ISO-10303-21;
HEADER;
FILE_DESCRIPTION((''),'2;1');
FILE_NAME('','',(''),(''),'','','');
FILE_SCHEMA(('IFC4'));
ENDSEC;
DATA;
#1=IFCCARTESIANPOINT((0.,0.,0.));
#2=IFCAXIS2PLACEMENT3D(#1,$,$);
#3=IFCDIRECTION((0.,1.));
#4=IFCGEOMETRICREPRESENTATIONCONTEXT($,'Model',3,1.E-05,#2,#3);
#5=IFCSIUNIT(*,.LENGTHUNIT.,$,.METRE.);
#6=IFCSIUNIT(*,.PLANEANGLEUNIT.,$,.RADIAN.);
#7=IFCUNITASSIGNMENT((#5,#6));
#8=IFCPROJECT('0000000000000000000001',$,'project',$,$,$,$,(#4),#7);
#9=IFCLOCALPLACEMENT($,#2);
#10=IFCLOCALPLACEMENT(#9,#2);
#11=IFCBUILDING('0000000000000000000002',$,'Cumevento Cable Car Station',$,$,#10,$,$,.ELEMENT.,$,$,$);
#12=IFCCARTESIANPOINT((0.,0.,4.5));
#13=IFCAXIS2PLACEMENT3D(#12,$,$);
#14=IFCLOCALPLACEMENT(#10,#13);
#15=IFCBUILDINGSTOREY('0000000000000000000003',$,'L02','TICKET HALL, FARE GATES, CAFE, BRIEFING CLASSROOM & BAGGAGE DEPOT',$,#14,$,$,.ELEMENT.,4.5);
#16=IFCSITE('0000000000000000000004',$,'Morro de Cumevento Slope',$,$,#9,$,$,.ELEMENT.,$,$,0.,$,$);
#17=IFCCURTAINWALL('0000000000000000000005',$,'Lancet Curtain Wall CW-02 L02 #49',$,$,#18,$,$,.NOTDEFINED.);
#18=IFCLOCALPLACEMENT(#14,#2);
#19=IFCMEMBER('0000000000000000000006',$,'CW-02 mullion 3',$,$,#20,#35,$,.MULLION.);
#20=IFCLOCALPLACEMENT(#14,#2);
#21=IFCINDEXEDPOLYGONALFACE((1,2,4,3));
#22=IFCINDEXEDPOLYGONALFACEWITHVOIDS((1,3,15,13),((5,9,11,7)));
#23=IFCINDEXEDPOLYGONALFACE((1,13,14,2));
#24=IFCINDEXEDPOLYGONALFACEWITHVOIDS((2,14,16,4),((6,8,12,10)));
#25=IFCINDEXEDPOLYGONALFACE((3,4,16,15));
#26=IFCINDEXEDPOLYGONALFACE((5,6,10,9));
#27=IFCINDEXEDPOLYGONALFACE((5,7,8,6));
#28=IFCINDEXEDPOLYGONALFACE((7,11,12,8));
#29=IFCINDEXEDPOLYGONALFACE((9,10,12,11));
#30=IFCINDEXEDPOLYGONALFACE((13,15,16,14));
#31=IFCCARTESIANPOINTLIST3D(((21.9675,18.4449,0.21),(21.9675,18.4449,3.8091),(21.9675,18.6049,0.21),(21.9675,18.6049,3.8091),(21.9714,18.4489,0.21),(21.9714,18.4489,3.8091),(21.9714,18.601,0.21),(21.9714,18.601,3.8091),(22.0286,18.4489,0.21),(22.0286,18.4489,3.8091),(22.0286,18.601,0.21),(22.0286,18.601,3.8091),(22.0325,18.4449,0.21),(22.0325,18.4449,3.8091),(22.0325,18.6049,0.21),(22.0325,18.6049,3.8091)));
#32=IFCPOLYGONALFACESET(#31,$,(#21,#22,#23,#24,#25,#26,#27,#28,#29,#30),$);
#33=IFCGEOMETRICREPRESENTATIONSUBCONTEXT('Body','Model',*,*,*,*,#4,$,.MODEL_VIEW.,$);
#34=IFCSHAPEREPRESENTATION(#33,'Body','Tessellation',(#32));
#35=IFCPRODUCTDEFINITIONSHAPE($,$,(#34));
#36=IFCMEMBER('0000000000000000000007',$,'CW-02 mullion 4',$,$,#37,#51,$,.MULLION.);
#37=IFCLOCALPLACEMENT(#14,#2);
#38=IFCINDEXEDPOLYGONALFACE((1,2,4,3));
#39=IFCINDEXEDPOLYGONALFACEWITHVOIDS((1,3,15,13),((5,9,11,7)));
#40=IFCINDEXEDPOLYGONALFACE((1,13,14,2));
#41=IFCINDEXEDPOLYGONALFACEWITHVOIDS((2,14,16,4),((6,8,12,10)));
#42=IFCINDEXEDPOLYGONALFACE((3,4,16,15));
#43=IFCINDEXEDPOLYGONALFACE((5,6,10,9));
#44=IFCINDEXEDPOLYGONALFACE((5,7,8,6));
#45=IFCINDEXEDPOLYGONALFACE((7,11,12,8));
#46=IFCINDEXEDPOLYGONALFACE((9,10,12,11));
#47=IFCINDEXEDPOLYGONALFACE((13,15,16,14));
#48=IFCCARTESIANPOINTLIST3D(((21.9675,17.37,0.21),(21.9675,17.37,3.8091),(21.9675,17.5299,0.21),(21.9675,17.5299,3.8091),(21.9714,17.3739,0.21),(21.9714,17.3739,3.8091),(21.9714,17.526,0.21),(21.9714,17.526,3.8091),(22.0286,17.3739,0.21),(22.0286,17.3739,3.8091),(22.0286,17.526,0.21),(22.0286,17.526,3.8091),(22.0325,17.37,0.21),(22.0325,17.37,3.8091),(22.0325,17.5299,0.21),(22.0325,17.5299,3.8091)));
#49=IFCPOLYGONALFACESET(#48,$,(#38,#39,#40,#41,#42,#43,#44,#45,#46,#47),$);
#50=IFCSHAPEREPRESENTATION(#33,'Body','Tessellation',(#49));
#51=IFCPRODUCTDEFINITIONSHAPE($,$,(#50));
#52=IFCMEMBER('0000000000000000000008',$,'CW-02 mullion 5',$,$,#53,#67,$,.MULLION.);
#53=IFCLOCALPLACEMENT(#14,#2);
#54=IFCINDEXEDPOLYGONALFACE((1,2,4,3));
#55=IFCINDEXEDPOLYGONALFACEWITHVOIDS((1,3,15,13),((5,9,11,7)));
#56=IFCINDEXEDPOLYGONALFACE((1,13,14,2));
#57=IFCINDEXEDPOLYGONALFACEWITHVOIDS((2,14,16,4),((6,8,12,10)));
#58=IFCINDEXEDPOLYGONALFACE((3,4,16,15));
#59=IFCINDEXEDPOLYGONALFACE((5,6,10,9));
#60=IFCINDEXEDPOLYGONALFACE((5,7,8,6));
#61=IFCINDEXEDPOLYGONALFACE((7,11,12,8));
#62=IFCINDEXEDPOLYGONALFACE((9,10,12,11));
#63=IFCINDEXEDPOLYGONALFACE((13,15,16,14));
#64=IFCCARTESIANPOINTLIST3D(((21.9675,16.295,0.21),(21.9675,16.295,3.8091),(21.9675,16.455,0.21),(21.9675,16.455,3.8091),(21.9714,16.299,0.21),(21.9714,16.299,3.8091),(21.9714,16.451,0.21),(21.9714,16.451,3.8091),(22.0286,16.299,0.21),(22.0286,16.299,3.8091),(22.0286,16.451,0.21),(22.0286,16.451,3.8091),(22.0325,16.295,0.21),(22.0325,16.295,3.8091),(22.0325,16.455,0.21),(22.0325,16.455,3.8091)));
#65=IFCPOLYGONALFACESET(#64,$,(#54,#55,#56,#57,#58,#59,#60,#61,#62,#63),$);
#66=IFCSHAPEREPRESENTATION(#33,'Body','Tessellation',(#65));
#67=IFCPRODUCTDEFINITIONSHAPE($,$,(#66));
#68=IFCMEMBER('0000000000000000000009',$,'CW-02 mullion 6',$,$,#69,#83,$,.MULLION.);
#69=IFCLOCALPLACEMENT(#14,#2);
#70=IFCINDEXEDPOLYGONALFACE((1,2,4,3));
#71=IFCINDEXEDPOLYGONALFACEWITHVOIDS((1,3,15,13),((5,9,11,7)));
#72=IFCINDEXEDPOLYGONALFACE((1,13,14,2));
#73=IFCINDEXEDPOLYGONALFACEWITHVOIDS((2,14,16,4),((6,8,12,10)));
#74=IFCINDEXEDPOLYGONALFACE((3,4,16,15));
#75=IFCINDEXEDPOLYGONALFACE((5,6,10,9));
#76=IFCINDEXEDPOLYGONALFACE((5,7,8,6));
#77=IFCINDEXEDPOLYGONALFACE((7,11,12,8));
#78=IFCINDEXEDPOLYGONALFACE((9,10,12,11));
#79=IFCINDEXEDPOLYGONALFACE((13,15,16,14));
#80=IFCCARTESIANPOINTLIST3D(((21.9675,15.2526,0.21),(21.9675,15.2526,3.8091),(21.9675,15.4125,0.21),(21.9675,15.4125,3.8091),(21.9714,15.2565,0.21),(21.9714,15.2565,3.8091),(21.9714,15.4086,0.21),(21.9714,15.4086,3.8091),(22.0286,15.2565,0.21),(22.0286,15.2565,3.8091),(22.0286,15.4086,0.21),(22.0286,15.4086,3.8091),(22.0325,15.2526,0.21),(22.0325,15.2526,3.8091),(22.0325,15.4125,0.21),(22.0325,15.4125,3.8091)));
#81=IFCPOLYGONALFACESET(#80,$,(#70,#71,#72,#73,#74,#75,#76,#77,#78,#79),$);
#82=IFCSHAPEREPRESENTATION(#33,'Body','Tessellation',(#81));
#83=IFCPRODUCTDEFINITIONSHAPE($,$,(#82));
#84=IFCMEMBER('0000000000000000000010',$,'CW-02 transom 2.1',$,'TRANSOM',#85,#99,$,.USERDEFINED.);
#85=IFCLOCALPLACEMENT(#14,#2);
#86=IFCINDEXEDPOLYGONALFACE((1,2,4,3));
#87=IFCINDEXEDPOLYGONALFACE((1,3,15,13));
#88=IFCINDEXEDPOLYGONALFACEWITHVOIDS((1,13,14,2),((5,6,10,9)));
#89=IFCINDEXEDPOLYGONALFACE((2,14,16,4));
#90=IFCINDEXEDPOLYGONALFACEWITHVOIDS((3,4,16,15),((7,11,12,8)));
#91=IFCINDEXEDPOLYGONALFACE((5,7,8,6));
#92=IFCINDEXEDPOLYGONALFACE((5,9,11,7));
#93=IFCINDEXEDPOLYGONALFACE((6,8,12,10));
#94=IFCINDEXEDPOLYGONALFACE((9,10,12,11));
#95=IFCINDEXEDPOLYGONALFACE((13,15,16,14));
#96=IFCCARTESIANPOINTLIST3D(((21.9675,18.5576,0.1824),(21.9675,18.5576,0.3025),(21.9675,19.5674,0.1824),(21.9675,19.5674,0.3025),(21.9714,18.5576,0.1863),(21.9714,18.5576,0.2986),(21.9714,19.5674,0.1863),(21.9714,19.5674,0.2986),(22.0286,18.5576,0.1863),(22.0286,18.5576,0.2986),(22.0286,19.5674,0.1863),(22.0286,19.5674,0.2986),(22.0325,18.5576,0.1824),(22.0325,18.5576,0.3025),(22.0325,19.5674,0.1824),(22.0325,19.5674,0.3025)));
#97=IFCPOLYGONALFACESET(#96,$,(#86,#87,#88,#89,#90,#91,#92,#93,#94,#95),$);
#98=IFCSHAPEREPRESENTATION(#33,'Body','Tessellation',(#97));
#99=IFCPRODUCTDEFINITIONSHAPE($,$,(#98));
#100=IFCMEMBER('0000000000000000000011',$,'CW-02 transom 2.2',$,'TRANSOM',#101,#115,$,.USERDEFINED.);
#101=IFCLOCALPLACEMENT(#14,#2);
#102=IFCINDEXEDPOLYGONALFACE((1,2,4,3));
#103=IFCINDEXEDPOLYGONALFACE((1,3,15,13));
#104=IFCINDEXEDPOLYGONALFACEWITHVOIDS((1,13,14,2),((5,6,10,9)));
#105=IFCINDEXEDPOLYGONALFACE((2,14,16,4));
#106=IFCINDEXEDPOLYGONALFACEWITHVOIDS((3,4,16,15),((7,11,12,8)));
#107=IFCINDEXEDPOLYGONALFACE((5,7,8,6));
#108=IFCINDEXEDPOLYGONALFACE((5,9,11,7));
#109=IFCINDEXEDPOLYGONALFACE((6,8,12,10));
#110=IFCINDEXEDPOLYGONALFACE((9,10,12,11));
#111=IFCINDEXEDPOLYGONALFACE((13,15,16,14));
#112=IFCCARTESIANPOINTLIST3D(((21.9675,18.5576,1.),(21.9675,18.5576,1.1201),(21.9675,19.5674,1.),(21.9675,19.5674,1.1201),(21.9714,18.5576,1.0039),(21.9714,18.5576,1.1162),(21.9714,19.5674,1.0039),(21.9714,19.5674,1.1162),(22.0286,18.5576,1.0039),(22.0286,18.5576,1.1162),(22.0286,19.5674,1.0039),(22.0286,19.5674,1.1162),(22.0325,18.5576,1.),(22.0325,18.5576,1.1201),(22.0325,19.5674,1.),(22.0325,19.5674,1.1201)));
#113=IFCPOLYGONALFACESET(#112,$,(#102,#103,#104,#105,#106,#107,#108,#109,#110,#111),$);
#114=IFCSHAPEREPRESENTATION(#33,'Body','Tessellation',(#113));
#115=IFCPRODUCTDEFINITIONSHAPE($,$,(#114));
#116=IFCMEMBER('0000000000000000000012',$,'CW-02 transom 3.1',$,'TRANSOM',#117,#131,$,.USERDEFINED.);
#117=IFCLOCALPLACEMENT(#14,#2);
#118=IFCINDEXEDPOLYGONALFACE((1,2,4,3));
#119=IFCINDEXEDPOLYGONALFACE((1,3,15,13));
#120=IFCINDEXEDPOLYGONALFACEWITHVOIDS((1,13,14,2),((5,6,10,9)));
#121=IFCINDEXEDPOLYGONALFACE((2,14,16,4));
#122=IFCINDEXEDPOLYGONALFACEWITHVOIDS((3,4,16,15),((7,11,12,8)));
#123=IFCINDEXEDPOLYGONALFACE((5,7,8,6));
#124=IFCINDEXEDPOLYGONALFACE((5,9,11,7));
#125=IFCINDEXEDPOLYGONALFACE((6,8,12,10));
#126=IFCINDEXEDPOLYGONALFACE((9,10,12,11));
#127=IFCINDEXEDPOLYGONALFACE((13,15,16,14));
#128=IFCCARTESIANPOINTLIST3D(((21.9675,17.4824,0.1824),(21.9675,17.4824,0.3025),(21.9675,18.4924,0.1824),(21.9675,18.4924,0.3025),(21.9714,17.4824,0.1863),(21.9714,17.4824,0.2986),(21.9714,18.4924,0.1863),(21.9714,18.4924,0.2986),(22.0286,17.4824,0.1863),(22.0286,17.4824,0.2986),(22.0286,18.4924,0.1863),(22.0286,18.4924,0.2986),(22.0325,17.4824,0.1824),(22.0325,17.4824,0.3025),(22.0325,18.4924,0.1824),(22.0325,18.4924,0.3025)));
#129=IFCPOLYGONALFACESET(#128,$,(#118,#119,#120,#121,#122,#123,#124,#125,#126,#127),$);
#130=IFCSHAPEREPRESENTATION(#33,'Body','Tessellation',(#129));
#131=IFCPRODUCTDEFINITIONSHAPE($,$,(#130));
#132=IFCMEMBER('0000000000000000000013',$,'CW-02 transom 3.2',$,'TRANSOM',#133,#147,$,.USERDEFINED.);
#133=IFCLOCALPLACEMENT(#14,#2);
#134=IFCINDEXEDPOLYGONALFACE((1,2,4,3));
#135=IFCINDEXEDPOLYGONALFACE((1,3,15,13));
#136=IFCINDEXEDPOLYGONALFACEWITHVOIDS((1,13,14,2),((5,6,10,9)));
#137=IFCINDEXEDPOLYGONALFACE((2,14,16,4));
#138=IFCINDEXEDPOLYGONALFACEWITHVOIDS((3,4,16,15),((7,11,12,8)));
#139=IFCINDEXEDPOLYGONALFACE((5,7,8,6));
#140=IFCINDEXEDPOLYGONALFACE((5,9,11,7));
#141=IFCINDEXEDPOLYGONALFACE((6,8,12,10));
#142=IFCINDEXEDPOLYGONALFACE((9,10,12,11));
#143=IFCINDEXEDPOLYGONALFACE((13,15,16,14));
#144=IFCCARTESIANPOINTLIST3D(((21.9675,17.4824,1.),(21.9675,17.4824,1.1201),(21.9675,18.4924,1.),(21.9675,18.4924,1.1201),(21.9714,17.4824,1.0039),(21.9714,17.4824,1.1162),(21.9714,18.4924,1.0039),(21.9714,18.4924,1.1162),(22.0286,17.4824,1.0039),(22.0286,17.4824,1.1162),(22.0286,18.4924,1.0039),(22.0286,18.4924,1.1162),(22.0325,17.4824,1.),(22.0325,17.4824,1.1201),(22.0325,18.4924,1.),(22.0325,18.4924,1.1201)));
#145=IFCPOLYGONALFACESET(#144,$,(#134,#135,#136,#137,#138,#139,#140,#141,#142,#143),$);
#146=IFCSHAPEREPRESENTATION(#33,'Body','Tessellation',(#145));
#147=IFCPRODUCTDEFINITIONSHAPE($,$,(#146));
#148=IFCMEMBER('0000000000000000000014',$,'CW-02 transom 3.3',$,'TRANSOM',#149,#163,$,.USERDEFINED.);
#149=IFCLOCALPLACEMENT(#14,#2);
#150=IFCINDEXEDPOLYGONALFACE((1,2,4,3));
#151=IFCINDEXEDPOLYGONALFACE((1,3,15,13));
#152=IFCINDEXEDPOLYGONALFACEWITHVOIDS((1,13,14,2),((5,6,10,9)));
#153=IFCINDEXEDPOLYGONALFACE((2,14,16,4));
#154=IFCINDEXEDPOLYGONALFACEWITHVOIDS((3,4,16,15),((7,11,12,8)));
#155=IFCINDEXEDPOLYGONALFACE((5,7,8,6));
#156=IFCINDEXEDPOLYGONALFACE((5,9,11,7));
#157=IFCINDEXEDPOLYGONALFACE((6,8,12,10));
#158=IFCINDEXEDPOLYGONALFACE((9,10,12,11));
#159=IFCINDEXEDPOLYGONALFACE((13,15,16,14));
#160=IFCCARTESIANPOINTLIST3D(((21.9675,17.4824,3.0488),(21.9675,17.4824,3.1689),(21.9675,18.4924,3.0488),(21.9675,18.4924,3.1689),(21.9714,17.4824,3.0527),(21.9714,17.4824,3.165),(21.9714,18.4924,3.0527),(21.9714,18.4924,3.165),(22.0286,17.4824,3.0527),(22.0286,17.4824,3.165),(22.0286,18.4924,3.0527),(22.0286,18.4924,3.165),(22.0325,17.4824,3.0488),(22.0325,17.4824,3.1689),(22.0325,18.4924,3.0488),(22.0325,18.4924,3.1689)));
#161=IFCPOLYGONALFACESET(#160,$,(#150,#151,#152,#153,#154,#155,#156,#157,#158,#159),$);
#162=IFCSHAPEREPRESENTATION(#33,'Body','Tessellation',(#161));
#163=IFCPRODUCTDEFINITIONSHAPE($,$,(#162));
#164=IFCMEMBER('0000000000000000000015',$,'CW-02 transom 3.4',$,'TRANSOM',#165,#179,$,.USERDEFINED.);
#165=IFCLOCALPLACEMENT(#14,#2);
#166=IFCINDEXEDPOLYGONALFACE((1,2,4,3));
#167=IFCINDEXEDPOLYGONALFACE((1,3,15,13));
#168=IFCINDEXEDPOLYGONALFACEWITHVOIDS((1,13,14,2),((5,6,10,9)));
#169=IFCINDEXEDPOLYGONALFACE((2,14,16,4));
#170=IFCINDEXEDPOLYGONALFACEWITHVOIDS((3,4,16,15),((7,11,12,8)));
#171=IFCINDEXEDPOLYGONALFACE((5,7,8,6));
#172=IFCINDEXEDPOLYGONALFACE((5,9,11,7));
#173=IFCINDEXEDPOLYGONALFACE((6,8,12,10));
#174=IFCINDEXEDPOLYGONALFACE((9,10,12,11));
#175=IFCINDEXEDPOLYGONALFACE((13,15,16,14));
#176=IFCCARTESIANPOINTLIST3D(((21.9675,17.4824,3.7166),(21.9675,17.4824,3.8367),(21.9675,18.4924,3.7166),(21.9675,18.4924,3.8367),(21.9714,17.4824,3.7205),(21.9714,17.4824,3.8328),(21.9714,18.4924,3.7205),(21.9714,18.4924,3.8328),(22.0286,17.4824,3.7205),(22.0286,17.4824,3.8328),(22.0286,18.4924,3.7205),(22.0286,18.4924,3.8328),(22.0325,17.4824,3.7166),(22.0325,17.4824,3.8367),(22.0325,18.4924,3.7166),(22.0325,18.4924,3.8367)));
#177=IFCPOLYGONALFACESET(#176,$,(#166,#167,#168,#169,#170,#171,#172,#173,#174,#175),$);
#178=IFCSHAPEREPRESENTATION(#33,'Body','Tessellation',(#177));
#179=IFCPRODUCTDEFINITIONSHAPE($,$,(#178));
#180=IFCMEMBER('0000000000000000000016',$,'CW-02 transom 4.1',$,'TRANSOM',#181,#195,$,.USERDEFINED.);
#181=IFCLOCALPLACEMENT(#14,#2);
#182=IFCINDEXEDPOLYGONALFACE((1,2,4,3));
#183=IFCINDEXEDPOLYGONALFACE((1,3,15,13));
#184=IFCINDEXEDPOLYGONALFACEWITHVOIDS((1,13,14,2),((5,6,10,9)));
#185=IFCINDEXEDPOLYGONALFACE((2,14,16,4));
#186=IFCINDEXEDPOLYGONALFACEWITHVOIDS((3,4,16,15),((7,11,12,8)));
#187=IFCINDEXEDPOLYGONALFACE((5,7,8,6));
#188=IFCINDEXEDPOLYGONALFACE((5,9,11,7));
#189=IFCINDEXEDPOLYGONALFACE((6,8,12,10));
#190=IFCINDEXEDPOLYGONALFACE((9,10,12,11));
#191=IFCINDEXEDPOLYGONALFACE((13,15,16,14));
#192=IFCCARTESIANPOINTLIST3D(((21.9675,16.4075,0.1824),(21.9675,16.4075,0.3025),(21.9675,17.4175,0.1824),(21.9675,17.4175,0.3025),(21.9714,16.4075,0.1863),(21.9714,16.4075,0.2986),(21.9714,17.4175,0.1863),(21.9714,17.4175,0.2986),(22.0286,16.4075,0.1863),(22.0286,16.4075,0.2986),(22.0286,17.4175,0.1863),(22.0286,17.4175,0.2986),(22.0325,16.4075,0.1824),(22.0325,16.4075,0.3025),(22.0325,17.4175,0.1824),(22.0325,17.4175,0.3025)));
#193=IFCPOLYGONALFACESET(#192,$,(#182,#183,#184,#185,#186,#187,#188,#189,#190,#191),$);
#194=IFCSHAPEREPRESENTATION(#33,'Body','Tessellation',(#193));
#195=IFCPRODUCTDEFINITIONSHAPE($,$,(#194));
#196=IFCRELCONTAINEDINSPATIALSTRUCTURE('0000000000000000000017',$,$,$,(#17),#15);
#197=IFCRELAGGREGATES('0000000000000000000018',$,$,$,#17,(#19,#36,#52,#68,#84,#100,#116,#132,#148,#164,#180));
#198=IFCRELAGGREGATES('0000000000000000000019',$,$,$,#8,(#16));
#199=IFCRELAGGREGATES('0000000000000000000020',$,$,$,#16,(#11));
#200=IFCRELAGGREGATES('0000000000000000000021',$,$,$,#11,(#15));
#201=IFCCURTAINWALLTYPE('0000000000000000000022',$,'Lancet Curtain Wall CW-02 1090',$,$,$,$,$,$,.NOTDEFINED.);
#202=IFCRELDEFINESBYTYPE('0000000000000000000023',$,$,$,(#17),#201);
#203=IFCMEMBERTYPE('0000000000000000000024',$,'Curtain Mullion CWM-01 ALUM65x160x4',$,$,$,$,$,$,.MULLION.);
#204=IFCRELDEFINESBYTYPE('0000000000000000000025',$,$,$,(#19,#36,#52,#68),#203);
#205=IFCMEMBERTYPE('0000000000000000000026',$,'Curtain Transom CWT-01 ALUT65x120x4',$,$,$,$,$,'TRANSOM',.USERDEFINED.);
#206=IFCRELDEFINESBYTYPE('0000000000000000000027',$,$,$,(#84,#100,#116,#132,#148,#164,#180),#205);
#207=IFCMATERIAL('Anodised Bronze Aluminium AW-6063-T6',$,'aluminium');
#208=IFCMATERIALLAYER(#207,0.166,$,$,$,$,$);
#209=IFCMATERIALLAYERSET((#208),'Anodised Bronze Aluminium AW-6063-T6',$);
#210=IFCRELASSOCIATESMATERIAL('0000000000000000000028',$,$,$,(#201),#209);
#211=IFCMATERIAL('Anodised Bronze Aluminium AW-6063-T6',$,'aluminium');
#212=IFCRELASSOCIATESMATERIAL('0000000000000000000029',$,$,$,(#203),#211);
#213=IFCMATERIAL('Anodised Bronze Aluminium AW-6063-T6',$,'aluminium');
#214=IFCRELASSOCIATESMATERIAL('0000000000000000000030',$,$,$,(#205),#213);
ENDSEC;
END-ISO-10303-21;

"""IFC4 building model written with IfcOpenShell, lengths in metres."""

from ifc_helpers import new_model, si_unit, direction, frame, origin, origin_2d, place, context, subcontext, project, spatial, hollow_rectangle, extrude, material, layer, layer_set, material_profile, profile_set, type_object, element, aggregate, save


model = new_model("IFC4")

# Units and contexts
model_context = context("Model", 3, precision=1e-05, world=origin(), true_north=direction((0.0, 1.0)))
body_context = subcontext(model_context, "Body", "Model", "MODEL_VIEW")
ifc_project = project(units=[si_unit("LENGTHUNIT", "METRE"), si_unit("PLANEANGLEUNIT", "RADIAN")], contexts=[model_context])

# Site, building, storey
site_placement = place(None, origin())
site = spatial("IfcSite", under=ifc_project, at=site_placement, Name="Morro de Cumevento Slope", CompositionType="ELEMENT", RefElevation=0.0)
building_placement = place(site_placement, origin())
building = spatial("IfcBuilding", under=site, at=building_placement, Name="Cumevento Cable Car Station", CompositionType="ELEMENT")
storey_placement = place(building_placement, frame((0.0, 0.0, 4.5)))
storey = spatial("IfcBuildingStorey", under=building, at=storey_placement, Name="L02", Description="TICKET HALL, FARE GATES, CAFE, BRIEFING CLASSROOM & BAGGAGE DEPOT", CompositionType="ELEMENT", Elevation=4.5)

# Curtain wall, members
ifc_material_1 = material(Name="Anodised Bronze Aluminium AW-6063-T6", Category="aluminium")
ifc_layer_1 = layer(ifc_material_1, 0.166)
ifc_layer_set_1 = layer_set([ifc_layer_1], Name="Anodised Bronze Aluminium AW-6063-T6")
curtain_wall_type = type_object("IfcCurtainWallType", Name="Lancet Curtain Wall CW-02 1090", PredefinedType="NOTDEFINED", material=ifc_layer_set_1)
curtain_wall_placement = place(storey_placement, origin())
curtain_wall = element("IfcCurtainWall", 1, at=curtain_wall_placement, inside=storey, type_object=curtain_wall_type, Name="Lancet Curtain Wall CW-02 L02 #49", PredefinedType="NOTDEFINED")
ifc_material_2 = material(Name="Anodised Bronze Aluminium AW-6063-T6", Category="aluminium")
ifc_material_profile_1 = material_profile(ifc_material_2, hollow_rectangle(XDim=0.0649, YDim=0.1599, WallThickness=0.0039, at=origin_2d()), Name="ALUM65x160x4")
ifc_profile_set_1 = profile_set([ifc_material_profile_1], Name="Anodised Bronze Aluminium AW-6063-T6")
member_type_1 = type_object("IfcMemberType", Name="Curtain Mullion CWM-01 ALUM65x160x4", PredefinedType="MULLION", material=ifc_profile_set_1)
member_1_placement = place(storey_placement, frame((22.0, 18.5249, 0.21), z_axis=(0.0, 0.0, 1.0), x_axis=(1.0, 0.0, 0.0)))
member_1 = element("IfcMember", 2, at=member_1_placement, type_object=member_type_1, Name="CW-02 mullion 3", PredefinedType="MULLION", context=body_context, shape_type="SweptSolid", body=[
    extrude(hollow_rectangle(XDim=0.0649, YDim=0.1599, WallThickness=0.0039, at=origin_2d()), origin(), (0.0, 0.0, 1.0), 3.5991),
])
member_2_placement = place(storey_placement, frame((22.0, 17.45, 0.21), z_axis=(0.0, 0.0, 1.0), x_axis=(1.0, 0.0, 0.0)))
member_2 = element("IfcMember", 3, at=member_2_placement, type_object=member_type_1, Name="CW-02 mullion 4", PredefinedType="MULLION", context=body_context, shape_type="SweptSolid", body=[
    extrude(hollow_rectangle(XDim=0.0649, YDim=0.1599, WallThickness=0.0039, at=origin_2d()), origin(), (0.0, 0.0, 1.0), 3.5991),
])
member_3_placement = place(storey_placement, frame((22.0, 16.375, 0.21), z_axis=(0.0, 0.0, 1.0), x_axis=(1.0, 0.0, 0.0)))
member_3 = element("IfcMember", 4, at=member_3_placement, type_object=member_type_1, Name="CW-02 mullion 5", PredefinedType="MULLION", context=body_context, shape_type="SweptSolid", body=[
    extrude(hollow_rectangle(XDim=0.0649, YDim=0.1599, WallThickness=0.0039, at=origin_2d()), origin(), (0.0, 0.0, 1.0), 3.5991),
])
member_4_placement = place(storey_placement, frame((22.0, 15.3325, 0.21), z_axis=(0.0, 0.0, 1.0), x_axis=(1.0, 0.0, 0.0)))
member_4 = element("IfcMember", 5, at=member_4_placement, type_object=member_type_1, Name="CW-02 mullion 6", PredefinedType="MULLION", context=body_context, shape_type="SweptSolid", body=[
    extrude(hollow_rectangle(XDim=0.0649, YDim=0.1599, WallThickness=0.0039, at=origin_2d()), origin(), (0.0, 0.0, 1.0), 3.5991),
])
ifc_material_3 = material(Name="Anodised Bronze Aluminium AW-6063-T6", Category="aluminium")
ifc_material_profile_2 = material_profile(ifc_material_3, hollow_rectangle(XDim=0.0649, YDim=0.1201, WallThickness=0.0039, at=origin_2d()), Name="ALUT65x120x4")
ifc_profile_set_2 = profile_set([ifc_material_profile_2], Name="Anodised Bronze Aluminium AW-6063-T6")
member_type_2 = type_object("IfcMemberType", Name="Curtain Transom CWT-01 ALUT65x120x4", ElementType="TRANSOM", PredefinedType="USERDEFINED", material=ifc_profile_set_2)
member_5_placement = place(storey_placement, frame((22.0, 19.5674, 0.2424), z_axis=(0.0, -1.0, 0.0), x_axis=(1.0, 0.0, 0.0)))
member_5 = element("IfcMember", 6, at=member_5_placement, type_object=member_type_2, Name="CW-02 transom 2.1", ObjectType="TRANSOM", PredefinedType="USERDEFINED", context=body_context, shape_type="SweptSolid", body=[
    extrude(hollow_rectangle(XDim=0.0649, YDim=0.1201, WallThickness=0.0039, at=origin_2d()), origin(), (0.0, 0.0, 1.0), 1.0098),
])
member_6_placement = place(storey_placement, frame((22.0, 19.5674, 1.0601), z_axis=(0.0, -1.0, 0.0), x_axis=(1.0, 0.0, 0.0)))
member_6 = element("IfcMember", 7, at=member_6_placement, type_object=member_type_2, Name="CW-02 transom 2.2", ObjectType="TRANSOM", PredefinedType="USERDEFINED", context=body_context, shape_type="SweptSolid", body=[
    extrude(hollow_rectangle(XDim=0.0649, YDim=0.1201, WallThickness=0.0039, at=origin_2d()), origin(), (0.0, 0.0, 1.0), 1.0098),
])
member_7_placement = place(storey_placement, frame((22.0, 18.4924, 0.2424), z_axis=(0.0, -1.0, 0.0), x_axis=(1.0, 0.0, 0.0)))
member_7 = element("IfcMember", 8, at=member_7_placement, type_object=member_type_2, Name="CW-02 transom 3.1", ObjectType="TRANSOM", PredefinedType="USERDEFINED", context=body_context, shape_type="SweptSolid", body=[
    extrude(hollow_rectangle(XDim=0.0649, YDim=0.1201, WallThickness=0.0039, at=origin_2d()), origin(), (0.0, 0.0, 1.0), 1.01),
])
member_8_placement = place(storey_placement, frame((22.0, 18.4924, 1.0601), z_axis=(0.0, -1.0, 0.0), x_axis=(1.0, 0.0, 0.0)))
member_8 = element("IfcMember", 9, at=member_8_placement, type_object=member_type_2, Name="CW-02 transom 3.2", ObjectType="TRANSOM", PredefinedType="USERDEFINED", context=body_context, shape_type="SweptSolid", body=[
    extrude(hollow_rectangle(XDim=0.0649, YDim=0.1201, WallThickness=0.0039, at=origin_2d()), origin(), (0.0, 0.0, 1.0), 1.01),
])
member_9_placement = place(storey_placement, frame((22.0, 18.4924, 3.1089), z_axis=(0.0, -1.0, 0.0), x_axis=(1.0, 0.0, 0.0)))
member_9 = element("IfcMember", 10, at=member_9_placement, type_object=member_type_2, Name="CW-02 transom 3.3", ObjectType="TRANSOM", PredefinedType="USERDEFINED", context=body_context, shape_type="SweptSolid", body=[
    extrude(hollow_rectangle(XDim=0.0649, YDim=0.1201, WallThickness=0.0039, at=origin_2d()), origin(), (0.0, 0.0, 1.0), 1.01),
])
member_10_placement = place(storey_placement, frame((22.0, 18.4924, 3.7766), z_axis=(0.0, -1.0, 0.0), x_axis=(1.0, 0.0, 0.0)))
member_10 = element("IfcMember", 11, at=member_10_placement, type_object=member_type_2, Name="CW-02 transom 3.4", ObjectType="TRANSOM", PredefinedType="USERDEFINED", context=body_context, shape_type="SweptSolid", body=[
    extrude(hollow_rectangle(XDim=0.0649, YDim=0.1201, WallThickness=0.0039, at=origin_2d()), origin(), (0.0, 0.0, 1.0), 1.01),
])
member_11_placement = place(storey_placement, frame((22.0, 17.4175, 0.2424), z_axis=(0.0, -1.0, 0.0), x_axis=(1.0, 0.0, 0.0)))
member_11 = element("IfcMember", 12, at=member_11_placement, type_object=member_type_2, Name="CW-02 transom 4.1", ObjectType="TRANSOM", PredefinedType="USERDEFINED", context=body_context, shape_type="SweptSolid", body=[
    extrude(hollow_rectangle(XDim=0.0649, YDim=0.1201, WallThickness=0.0039, at=origin_2d()), origin(), (0.0, 0.0, 1.0), 1.01),
])

aggregate(curtain_wall, [member_1, member_2, member_3, member_4, member_5, member_6, member_7, member_8, member_9, member_10, member_11])

save(model, "model.ifc")
